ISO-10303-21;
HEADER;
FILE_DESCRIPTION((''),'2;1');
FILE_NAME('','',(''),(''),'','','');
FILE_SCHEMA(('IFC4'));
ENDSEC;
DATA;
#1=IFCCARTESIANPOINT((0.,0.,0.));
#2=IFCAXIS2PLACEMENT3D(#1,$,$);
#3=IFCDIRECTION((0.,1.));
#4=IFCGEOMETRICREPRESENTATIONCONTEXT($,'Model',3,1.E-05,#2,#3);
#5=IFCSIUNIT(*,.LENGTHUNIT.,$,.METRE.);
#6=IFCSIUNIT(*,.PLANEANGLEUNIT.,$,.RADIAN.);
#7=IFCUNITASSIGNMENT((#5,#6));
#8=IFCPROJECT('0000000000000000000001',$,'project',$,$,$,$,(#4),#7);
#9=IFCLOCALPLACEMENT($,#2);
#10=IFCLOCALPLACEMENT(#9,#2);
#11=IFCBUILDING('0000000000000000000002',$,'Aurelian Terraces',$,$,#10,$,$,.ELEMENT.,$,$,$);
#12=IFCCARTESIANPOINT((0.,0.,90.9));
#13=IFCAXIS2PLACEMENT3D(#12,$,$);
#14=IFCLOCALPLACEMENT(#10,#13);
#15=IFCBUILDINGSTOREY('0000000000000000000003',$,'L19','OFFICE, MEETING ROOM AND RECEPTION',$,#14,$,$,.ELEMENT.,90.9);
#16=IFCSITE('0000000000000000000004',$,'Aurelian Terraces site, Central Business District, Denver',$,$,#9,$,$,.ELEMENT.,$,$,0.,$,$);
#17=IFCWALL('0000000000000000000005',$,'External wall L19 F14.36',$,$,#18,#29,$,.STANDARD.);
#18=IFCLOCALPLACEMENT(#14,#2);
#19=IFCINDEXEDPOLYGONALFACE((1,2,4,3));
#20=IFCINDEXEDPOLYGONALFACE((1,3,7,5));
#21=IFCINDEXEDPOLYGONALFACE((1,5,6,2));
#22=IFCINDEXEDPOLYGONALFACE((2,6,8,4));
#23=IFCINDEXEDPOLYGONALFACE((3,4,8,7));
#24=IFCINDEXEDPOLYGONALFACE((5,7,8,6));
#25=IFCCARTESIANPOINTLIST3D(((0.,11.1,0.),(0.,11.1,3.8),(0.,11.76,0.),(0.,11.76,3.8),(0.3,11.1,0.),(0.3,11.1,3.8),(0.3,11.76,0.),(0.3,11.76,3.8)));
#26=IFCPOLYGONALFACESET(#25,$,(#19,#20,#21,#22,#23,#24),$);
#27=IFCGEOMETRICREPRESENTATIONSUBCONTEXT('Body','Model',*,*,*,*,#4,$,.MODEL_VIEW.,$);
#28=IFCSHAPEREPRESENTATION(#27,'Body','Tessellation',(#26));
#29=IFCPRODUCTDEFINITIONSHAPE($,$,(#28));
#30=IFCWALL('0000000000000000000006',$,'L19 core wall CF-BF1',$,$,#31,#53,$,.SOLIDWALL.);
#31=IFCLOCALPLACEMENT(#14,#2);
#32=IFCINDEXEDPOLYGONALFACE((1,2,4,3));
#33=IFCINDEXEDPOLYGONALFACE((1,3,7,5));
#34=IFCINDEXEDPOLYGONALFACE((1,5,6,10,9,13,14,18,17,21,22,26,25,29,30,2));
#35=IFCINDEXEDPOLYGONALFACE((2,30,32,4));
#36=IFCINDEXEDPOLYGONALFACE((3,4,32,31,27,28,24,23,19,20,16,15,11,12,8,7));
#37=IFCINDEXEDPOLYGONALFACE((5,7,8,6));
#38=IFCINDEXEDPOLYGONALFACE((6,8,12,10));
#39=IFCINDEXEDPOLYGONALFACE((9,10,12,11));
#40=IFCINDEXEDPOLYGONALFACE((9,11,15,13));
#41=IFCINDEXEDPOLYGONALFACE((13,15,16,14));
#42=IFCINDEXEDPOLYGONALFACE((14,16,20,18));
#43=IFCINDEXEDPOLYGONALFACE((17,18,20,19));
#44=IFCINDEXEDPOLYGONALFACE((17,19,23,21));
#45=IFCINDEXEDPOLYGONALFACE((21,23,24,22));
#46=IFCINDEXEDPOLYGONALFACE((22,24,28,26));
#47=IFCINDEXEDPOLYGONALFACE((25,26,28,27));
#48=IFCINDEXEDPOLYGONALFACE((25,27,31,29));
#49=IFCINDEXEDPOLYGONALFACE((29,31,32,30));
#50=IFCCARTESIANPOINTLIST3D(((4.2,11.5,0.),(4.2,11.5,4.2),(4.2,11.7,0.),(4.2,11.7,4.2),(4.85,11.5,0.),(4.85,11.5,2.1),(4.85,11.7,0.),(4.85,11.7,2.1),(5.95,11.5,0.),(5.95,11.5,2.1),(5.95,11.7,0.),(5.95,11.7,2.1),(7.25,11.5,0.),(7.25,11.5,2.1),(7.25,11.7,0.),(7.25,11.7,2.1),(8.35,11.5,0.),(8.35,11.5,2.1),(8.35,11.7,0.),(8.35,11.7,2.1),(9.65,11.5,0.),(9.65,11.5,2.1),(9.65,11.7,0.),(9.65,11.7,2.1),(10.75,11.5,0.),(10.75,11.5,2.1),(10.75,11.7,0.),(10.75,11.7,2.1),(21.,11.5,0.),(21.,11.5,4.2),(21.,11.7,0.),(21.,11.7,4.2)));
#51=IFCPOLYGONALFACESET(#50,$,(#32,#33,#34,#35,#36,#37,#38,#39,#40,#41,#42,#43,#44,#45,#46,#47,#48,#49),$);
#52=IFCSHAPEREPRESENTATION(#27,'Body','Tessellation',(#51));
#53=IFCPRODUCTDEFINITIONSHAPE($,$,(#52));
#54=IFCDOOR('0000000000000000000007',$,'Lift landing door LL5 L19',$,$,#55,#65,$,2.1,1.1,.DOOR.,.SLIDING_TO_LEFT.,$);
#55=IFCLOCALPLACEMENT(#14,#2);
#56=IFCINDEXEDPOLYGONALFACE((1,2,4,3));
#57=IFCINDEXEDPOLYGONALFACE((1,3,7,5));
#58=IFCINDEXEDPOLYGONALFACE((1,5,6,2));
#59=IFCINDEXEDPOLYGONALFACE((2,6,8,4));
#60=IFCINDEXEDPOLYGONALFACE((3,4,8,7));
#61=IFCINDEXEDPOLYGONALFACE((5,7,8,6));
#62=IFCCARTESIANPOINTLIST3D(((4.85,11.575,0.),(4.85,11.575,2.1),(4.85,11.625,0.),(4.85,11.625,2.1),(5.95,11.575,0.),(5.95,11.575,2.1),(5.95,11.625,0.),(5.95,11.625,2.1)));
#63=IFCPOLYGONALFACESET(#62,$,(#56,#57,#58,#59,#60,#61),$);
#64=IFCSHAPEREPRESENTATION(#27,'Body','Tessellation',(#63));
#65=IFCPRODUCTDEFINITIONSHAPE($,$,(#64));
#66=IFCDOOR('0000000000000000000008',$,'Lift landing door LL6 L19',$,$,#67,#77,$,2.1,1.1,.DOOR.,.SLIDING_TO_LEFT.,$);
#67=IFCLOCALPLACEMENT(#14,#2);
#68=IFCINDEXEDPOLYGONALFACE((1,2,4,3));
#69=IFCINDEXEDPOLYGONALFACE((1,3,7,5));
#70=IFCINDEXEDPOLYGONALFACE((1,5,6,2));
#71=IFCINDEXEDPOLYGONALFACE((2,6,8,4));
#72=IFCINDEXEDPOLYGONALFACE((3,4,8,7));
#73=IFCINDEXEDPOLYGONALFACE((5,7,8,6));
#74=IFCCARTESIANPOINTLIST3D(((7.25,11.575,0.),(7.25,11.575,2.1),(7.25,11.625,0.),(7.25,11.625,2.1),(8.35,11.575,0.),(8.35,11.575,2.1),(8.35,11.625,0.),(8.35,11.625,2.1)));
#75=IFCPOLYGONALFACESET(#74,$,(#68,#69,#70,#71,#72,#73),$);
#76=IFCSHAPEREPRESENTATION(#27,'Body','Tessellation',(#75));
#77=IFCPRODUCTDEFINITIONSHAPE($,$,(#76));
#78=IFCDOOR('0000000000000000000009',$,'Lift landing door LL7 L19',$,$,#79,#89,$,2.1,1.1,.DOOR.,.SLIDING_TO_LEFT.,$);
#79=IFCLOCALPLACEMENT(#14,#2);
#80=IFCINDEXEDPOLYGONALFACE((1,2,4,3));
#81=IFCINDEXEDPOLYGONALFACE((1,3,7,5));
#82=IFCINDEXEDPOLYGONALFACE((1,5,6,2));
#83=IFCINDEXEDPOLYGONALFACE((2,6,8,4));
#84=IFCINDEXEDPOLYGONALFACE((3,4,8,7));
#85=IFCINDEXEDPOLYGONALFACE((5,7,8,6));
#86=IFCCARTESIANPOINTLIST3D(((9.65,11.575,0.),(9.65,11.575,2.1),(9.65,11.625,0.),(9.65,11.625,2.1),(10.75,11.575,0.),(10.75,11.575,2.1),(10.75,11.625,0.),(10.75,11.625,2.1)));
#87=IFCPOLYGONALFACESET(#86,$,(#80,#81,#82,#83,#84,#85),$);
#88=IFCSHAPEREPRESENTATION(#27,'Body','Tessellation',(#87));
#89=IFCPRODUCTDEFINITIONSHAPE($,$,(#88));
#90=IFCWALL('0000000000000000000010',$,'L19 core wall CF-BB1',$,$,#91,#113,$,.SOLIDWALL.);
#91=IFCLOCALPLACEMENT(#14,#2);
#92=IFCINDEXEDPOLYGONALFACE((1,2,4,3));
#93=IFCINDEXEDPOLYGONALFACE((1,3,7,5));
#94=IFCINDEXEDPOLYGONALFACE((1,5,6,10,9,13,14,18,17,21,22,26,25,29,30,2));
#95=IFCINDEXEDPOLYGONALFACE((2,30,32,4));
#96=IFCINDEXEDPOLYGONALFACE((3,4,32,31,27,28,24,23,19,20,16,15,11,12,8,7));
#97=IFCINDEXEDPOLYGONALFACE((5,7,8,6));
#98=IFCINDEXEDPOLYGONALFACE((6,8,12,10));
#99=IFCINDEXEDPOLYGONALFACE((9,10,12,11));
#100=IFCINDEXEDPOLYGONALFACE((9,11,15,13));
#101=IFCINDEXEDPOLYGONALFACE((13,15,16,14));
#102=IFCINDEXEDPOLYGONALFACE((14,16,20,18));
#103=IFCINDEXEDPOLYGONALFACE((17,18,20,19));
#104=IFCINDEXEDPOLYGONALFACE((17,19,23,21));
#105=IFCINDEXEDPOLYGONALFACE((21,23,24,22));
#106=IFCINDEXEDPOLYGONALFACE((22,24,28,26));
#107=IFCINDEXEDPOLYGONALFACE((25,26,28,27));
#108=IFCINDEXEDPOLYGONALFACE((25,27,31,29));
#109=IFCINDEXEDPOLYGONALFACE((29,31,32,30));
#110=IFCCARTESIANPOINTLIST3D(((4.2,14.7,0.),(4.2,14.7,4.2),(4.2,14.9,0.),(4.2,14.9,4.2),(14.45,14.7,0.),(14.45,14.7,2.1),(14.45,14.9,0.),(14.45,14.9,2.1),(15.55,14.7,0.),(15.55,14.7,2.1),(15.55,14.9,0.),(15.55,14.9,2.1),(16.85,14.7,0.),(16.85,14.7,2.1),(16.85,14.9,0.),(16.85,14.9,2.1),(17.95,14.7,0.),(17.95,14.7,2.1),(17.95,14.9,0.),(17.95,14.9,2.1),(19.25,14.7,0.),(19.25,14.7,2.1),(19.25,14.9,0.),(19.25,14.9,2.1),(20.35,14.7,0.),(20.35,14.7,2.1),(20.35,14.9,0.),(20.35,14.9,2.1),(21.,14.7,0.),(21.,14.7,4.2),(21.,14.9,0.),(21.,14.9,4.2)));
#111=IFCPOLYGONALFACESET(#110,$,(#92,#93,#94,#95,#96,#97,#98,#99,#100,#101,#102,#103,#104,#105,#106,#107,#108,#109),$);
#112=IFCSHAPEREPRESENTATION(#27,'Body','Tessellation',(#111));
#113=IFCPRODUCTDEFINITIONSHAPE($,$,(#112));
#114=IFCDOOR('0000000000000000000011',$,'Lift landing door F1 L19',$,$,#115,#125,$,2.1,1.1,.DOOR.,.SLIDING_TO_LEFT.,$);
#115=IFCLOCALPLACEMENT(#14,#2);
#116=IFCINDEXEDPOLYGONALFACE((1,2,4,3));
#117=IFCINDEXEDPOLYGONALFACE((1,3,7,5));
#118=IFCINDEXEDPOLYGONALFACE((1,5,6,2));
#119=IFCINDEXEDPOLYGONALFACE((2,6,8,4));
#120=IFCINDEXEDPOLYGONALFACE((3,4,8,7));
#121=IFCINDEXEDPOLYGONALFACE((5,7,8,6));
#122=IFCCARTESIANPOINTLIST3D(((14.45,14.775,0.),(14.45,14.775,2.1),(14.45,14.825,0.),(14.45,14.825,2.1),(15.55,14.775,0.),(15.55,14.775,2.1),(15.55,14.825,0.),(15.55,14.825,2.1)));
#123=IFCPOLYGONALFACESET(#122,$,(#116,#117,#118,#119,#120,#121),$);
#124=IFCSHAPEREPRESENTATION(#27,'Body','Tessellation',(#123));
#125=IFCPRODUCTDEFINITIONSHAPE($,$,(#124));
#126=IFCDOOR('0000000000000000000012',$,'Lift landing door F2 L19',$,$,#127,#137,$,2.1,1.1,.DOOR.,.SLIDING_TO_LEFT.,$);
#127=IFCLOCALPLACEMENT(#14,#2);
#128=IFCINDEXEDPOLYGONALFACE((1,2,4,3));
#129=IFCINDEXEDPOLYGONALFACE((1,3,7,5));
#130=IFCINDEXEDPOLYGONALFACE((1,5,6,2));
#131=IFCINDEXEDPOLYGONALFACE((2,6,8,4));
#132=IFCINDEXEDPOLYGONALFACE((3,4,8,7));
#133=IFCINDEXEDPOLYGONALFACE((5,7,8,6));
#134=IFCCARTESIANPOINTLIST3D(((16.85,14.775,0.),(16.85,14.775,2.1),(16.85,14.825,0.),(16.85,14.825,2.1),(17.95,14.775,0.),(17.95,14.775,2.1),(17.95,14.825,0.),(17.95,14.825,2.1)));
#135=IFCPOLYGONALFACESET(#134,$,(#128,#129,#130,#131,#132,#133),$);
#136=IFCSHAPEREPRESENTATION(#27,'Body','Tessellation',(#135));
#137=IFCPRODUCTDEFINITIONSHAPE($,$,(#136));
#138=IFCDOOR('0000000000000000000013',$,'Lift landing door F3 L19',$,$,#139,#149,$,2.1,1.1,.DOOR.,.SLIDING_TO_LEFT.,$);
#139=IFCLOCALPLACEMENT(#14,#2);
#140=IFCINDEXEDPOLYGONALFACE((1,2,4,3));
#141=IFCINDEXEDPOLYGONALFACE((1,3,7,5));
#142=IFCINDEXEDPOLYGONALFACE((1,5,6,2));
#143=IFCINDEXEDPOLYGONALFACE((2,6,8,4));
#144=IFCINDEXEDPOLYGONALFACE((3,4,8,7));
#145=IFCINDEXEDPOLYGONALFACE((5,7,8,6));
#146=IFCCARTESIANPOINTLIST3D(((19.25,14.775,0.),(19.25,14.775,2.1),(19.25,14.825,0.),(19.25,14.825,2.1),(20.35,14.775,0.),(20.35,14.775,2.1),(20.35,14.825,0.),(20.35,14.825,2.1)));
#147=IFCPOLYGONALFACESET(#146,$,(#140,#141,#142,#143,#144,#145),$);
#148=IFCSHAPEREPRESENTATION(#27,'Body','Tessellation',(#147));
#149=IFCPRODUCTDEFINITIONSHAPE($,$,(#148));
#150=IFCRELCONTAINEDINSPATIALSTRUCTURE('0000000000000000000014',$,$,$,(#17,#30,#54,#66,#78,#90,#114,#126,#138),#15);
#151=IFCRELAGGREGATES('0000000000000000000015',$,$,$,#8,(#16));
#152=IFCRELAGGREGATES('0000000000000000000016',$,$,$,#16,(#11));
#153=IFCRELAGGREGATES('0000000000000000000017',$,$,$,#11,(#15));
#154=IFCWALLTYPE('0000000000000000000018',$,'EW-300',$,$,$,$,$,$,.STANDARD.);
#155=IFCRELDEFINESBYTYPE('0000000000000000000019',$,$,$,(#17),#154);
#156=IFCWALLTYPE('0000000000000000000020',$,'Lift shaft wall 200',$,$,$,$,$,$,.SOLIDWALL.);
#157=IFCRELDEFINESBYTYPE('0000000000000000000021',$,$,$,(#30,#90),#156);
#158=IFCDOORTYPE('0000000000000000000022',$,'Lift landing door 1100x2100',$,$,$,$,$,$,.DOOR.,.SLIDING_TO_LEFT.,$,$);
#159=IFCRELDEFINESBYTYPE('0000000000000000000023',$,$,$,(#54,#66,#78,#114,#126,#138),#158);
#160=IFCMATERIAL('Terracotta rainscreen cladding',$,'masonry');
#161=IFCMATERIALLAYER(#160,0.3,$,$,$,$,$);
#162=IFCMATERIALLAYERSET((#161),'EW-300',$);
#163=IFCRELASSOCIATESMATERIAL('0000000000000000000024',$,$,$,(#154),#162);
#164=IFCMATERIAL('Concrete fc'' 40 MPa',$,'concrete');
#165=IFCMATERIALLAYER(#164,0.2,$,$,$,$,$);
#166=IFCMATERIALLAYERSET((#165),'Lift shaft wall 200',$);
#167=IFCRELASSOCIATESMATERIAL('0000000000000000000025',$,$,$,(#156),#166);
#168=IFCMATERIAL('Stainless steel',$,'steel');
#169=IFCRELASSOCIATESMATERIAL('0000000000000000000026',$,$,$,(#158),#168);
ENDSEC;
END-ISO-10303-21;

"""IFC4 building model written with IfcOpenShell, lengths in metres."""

from ifc_helpers import new_model, si_unit, direction, frame, frame_2d, origin, place, context, subcontext, project, spatial, rectangle, extrude, source, transform, mapped, material, layer, layer_set, type_object, element, fill, save


model = new_model("IFC4")

# Units and contexts
model_context = context("Model", 3, precision=1e-05, world=origin(), true_north=direction((0.0, 1.0)))
body_context = subcontext(model_context, "Body", "Model", "MODEL_VIEW")
ifc_project = project(units=[si_unit("LENGTHUNIT", "METRE"), si_unit("PLANEANGLEUNIT", "RADIAN")], contexts=[model_context])

# Site, building, storey
site_placement = place(None, origin())
site = spatial("IfcSite", under=ifc_project, at=site_placement, Name="Aurelian Terraces site, Central Business District, Denver", CompositionType="ELEMENT", RefElevation=0.0)
building_placement = place(site_placement, origin())
building = spatial("IfcBuilding", under=site, at=building_placement, Name="Aurelian Terraces", CompositionType="ELEMENT")
storey_placement = place(building_placement, frame((0.0, 0.0, 90.9)))
storey = spatial("IfcBuildingStorey", under=building, at=storey_placement, Name="L19", Description="OFFICE, MEETING ROOM AND RECEPTION", CompositionType="ELEMENT", Elevation=90.9)

# Wall
ifc_material_1 = material(Name="Terracotta rainscreen cladding", Category="masonry")
ifc_layer_1 = layer(ifc_material_1, 0.3)
ifc_layer_set_1 = layer_set([ifc_layer_1], Name="EW-300")
wall_type_1 = type_object("IfcWallType", Name="EW-300", PredefinedType="STANDARD", material=ifc_layer_set_1)
shared_shape_1 = source(origin(), body_context, "Body", "SweptSolid", [
    extrude(rectangle(XDim=0.66, YDim=0.3, at=frame_2d((0.33, 0.0))), origin(), (0.0, 0.0, 1.0), 3.8),
])
wall_1_placement = place(storey_placement, frame((0.15, 11.76, 0.0), z_axis=(0.0, 0.0, 1.0), x_axis=(0.0, -1.0, 0.0)))
element("IfcWall", 1, at=wall_1_placement, inside=storey, type_object=wall_type_1, Name="External wall L19 F14.36", PredefinedType="STANDARD", context=body_context, shape_type="MappedRepresentation", body=[
    mapped(shared_shape_1, transform((0.0, 0.0, 0.0), scale=1.0)),
])

# Walls, openings, doors
ifc_material_2 = material(Name="Concrete fc' 40 MPa", Category="concrete")
ifc_layer_2 = layer(ifc_material_2, 0.2)
ifc_layer_set_2 = layer_set([ifc_layer_2], Name="Lift shaft wall 200")
wall_type_2 = type_object("IfcWallType", Name="Lift shaft wall 200", PredefinedType="SOLIDWALL", material=ifc_layer_set_2)
shared_shape_2 = source(origin(), body_context, "Body", "SweptSolid", [
    extrude(rectangle(XDim=16.8, YDim=0.2, at=frame_2d((8.4, 0.0))), origin(), (0.0, 0.0, 1.0), 4.2),
])
wall_2_placement = place(storey_placement, frame((4.2, 11.6, 0.0), z_axis=(0.0, 0.0, 1.0), x_axis=(1.0, 0.0, 0.0)))
wall_2 = element("IfcWall", 2, at=wall_2_placement, inside=storey, type_object=wall_type_2, Name="L19 core wall CF-BF1", PredefinedType="SOLIDWALL", context=body_context, shape_type="MappedRepresentation", body=[
    mapped(shared_shape_2, transform((0.0, 0.0, 0.0), scale=1.0)),
])
shared_shape_3 = source(origin(), body_context, "Body", "SweptSolid", [
    extrude(rectangle(XDim=1.1, YDim=2.1, at=frame_2d((0.55, 1.05))), frame((0.0, 0.11, 0.0), z_axis=(0.0, -1.0, 0.0), x_axis=(1.0, 0.0, 0.0)), (0.0, 0.0, 1.0), 0.22),
])
opening_1_placement = place(wall_2_placement, frame((0.65, 0.0, 0.0)))
opening_1 = element("IfcOpeningElement", 3, at=opening_1_placement, cuts=wall_2, PredefinedType="OPENING", context=body_context, shape_type="MappedRepresentation", body=[
    mapped(shared_shape_3, transform((0.0, 0.0, 0.0), scale=1.0)),
])
opening_2_placement = place(wall_2_placement, frame((3.05, 0.0, 0.0)))
opening_2 = element("IfcOpeningElement", 4, at=opening_2_placement, cuts=wall_2, PredefinedType="OPENING", context=body_context, shape_type="MappedRepresentation", body=[
    mapped(shared_shape_3, transform((0.0, 0.0, 0.0), scale=1.0)),
])
opening_3_placement = place(wall_2_placement, frame((5.45, 0.0, 0.0)))
opening_3 = element("IfcOpeningElement", 5, at=opening_3_placement, cuts=wall_2, PredefinedType="OPENING", context=body_context, shape_type="MappedRepresentation", body=[
    mapped(shared_shape_3, transform((0.0, 0.0, 0.0), scale=1.0)),
])
ifc_material_3 = material(Name="Stainless steel", Category="steel")
door_type = type_object("IfcDoorType", Name="Lift landing door 1100x2100", OperationType="SLIDING_TO_LEFT", PredefinedType="DOOR", material=ifc_material_3)
shared_shape_4 = source(origin(), body_context, "Body", "SweptSolid", [
    extrude(rectangle(XDim=1.1, YDim=2.1, at=frame_2d((0.55, 1.05))), frame((0.0, 0.025, 0.0), z_axis=(0.0, -1.0, 0.0), x_axis=(1.0, 0.0, 0.0)), (0.0, 0.0, 1.0), 0.05),
])
door_1_placement = place(opening_1_placement, origin())
door_1 = element("IfcDoor", 6, at=door_1_placement, inside=storey, type_object=door_type, Name="Lift landing door LL5 L19", OperationType="SLIDING_TO_LEFT", OverallHeight=2.1, OverallWidth=1.1, PredefinedType="DOOR", context=body_context, shape_type="MappedRepresentation", body=[
    mapped(shared_shape_4, transform((0.0, 0.0, 0.0), scale=1.0)),
])
fill(opening_1, door_1)
door_2_placement = place(opening_2_placement, origin())
door_2 = element("IfcDoor", 7, at=door_2_placement, inside=storey, type_object=door_type, Name="Lift landing door LL6 L19", OperationType="SLIDING_TO_LEFT", OverallHeight=2.1, OverallWidth=1.1, PredefinedType="DOOR", context=body_context, shape_type="MappedRepresentation", body=[
    mapped(shared_shape_4, transform((0.0, 0.0, 0.0), scale=1.0)),
])
fill(opening_2, door_2)
door_3_placement = place(opening_3_placement, origin())
door_3 = element("IfcDoor", 8, at=door_3_placement, inside=storey, type_object=door_type, Name="Lift landing door LL7 L19", OperationType="SLIDING_TO_LEFT", OverallHeight=2.1, OverallWidth=1.1, PredefinedType="DOOR", context=body_context, shape_type="MappedRepresentation", body=[
    mapped(shared_shape_4, transform((0.0, 0.0, 0.0), scale=1.0)),
])
fill(opening_3, door_3)
wall_3_placement = place(storey_placement, frame((4.2, 14.8, 0.0), z_axis=(0.0, 0.0, 1.0), x_axis=(1.0, 0.0, 0.0)))
wall_3 = element("IfcWall", 9, at=wall_3_placement, inside=storey, type_object=wall_type_2, Name="L19 core wall CF-BB1", PredefinedType="SOLIDWALL", context=body_context, shape_type="MappedRepresentation", body=[
    mapped(shared_shape_2, transform((0.0, 0.0, 0.0), scale=1.0)),
])
opening_4_placement = place(wall_3_placement, frame((10.25, 0.0, 0.0)))
opening_4 = element("IfcOpeningElement", 10, at=opening_4_placement, cuts=wall_3, PredefinedType="OPENING", context=body_context, shape_type="MappedRepresentation", body=[
    mapped(shared_shape_3, transform((0.0, 0.0, 0.0), scale=1.0)),
])
opening_5_placement = place(wall_3_placement, frame((12.65, 0.0, 0.0)))
opening_5 = element("IfcOpeningElement", 11, at=opening_5_placement, cuts=wall_3, PredefinedType="OPENING", context=body_context, shape_type="MappedRepresentation", body=[
    mapped(shared_shape_3, transform((0.0, 0.0, 0.0), scale=1.0)),
])
opening_6_placement = place(wall_3_placement, frame((15.05, 0.0, 0.0)))
opening_6 = element("IfcOpeningElement", 12, at=opening_6_placement, cuts=wall_3, PredefinedType="OPENING", context=body_context, shape_type="MappedRepresentation", body=[
    mapped(shared_shape_3, transform((0.0, 0.0, 0.0), scale=1.0)),
])
door_4_placement = place(opening_4_placement, origin())
door_4 = element("IfcDoor", 13, at=door_4_placement, inside=storey, type_object=door_type, Name="Lift landing door F1 L19", OperationType="SLIDING_TO_LEFT", OverallHeight=2.1, OverallWidth=1.1, PredefinedType="DOOR", context=body_context, shape_type="MappedRepresentation", body=[
    mapped(shared_shape_4, transform((0.0, 0.0, 0.0), scale=1.0)),
])
fill(opening_4, door_4)
door_5_placement = place(opening_5_placement, origin())
door_5 = element("IfcDoor", 14, at=door_5_placement, inside=storey, type_object=door_type, Name="Lift landing door F2 L19", OperationType="SLIDING_TO_LEFT", OverallHeight=2.1, OverallWidth=1.1, PredefinedType="DOOR", context=body_context, shape_type="MappedRepresentation", body=[
    mapped(shared_shape_4, transform((0.0, 0.0, 0.0), scale=1.0)),
])
fill(opening_5, door_5)
door_6_placement = place(opening_6_placement, origin())
door_6 = element("IfcDoor", 15, at=door_6_placement, inside=storey, type_object=door_type, Name="Lift landing door F3 L19", OperationType="SLIDING_TO_LEFT", OverallHeight=2.1, OverallWidth=1.1, PredefinedType="DOOR", context=body_context, shape_type="MappedRepresentation", body=[
    mapped(shared_shape_4, transform((0.0, 0.0, 0.0), scale=1.0)),
])
fill(opening_6, door_6)

save(model, "model.ifc")
